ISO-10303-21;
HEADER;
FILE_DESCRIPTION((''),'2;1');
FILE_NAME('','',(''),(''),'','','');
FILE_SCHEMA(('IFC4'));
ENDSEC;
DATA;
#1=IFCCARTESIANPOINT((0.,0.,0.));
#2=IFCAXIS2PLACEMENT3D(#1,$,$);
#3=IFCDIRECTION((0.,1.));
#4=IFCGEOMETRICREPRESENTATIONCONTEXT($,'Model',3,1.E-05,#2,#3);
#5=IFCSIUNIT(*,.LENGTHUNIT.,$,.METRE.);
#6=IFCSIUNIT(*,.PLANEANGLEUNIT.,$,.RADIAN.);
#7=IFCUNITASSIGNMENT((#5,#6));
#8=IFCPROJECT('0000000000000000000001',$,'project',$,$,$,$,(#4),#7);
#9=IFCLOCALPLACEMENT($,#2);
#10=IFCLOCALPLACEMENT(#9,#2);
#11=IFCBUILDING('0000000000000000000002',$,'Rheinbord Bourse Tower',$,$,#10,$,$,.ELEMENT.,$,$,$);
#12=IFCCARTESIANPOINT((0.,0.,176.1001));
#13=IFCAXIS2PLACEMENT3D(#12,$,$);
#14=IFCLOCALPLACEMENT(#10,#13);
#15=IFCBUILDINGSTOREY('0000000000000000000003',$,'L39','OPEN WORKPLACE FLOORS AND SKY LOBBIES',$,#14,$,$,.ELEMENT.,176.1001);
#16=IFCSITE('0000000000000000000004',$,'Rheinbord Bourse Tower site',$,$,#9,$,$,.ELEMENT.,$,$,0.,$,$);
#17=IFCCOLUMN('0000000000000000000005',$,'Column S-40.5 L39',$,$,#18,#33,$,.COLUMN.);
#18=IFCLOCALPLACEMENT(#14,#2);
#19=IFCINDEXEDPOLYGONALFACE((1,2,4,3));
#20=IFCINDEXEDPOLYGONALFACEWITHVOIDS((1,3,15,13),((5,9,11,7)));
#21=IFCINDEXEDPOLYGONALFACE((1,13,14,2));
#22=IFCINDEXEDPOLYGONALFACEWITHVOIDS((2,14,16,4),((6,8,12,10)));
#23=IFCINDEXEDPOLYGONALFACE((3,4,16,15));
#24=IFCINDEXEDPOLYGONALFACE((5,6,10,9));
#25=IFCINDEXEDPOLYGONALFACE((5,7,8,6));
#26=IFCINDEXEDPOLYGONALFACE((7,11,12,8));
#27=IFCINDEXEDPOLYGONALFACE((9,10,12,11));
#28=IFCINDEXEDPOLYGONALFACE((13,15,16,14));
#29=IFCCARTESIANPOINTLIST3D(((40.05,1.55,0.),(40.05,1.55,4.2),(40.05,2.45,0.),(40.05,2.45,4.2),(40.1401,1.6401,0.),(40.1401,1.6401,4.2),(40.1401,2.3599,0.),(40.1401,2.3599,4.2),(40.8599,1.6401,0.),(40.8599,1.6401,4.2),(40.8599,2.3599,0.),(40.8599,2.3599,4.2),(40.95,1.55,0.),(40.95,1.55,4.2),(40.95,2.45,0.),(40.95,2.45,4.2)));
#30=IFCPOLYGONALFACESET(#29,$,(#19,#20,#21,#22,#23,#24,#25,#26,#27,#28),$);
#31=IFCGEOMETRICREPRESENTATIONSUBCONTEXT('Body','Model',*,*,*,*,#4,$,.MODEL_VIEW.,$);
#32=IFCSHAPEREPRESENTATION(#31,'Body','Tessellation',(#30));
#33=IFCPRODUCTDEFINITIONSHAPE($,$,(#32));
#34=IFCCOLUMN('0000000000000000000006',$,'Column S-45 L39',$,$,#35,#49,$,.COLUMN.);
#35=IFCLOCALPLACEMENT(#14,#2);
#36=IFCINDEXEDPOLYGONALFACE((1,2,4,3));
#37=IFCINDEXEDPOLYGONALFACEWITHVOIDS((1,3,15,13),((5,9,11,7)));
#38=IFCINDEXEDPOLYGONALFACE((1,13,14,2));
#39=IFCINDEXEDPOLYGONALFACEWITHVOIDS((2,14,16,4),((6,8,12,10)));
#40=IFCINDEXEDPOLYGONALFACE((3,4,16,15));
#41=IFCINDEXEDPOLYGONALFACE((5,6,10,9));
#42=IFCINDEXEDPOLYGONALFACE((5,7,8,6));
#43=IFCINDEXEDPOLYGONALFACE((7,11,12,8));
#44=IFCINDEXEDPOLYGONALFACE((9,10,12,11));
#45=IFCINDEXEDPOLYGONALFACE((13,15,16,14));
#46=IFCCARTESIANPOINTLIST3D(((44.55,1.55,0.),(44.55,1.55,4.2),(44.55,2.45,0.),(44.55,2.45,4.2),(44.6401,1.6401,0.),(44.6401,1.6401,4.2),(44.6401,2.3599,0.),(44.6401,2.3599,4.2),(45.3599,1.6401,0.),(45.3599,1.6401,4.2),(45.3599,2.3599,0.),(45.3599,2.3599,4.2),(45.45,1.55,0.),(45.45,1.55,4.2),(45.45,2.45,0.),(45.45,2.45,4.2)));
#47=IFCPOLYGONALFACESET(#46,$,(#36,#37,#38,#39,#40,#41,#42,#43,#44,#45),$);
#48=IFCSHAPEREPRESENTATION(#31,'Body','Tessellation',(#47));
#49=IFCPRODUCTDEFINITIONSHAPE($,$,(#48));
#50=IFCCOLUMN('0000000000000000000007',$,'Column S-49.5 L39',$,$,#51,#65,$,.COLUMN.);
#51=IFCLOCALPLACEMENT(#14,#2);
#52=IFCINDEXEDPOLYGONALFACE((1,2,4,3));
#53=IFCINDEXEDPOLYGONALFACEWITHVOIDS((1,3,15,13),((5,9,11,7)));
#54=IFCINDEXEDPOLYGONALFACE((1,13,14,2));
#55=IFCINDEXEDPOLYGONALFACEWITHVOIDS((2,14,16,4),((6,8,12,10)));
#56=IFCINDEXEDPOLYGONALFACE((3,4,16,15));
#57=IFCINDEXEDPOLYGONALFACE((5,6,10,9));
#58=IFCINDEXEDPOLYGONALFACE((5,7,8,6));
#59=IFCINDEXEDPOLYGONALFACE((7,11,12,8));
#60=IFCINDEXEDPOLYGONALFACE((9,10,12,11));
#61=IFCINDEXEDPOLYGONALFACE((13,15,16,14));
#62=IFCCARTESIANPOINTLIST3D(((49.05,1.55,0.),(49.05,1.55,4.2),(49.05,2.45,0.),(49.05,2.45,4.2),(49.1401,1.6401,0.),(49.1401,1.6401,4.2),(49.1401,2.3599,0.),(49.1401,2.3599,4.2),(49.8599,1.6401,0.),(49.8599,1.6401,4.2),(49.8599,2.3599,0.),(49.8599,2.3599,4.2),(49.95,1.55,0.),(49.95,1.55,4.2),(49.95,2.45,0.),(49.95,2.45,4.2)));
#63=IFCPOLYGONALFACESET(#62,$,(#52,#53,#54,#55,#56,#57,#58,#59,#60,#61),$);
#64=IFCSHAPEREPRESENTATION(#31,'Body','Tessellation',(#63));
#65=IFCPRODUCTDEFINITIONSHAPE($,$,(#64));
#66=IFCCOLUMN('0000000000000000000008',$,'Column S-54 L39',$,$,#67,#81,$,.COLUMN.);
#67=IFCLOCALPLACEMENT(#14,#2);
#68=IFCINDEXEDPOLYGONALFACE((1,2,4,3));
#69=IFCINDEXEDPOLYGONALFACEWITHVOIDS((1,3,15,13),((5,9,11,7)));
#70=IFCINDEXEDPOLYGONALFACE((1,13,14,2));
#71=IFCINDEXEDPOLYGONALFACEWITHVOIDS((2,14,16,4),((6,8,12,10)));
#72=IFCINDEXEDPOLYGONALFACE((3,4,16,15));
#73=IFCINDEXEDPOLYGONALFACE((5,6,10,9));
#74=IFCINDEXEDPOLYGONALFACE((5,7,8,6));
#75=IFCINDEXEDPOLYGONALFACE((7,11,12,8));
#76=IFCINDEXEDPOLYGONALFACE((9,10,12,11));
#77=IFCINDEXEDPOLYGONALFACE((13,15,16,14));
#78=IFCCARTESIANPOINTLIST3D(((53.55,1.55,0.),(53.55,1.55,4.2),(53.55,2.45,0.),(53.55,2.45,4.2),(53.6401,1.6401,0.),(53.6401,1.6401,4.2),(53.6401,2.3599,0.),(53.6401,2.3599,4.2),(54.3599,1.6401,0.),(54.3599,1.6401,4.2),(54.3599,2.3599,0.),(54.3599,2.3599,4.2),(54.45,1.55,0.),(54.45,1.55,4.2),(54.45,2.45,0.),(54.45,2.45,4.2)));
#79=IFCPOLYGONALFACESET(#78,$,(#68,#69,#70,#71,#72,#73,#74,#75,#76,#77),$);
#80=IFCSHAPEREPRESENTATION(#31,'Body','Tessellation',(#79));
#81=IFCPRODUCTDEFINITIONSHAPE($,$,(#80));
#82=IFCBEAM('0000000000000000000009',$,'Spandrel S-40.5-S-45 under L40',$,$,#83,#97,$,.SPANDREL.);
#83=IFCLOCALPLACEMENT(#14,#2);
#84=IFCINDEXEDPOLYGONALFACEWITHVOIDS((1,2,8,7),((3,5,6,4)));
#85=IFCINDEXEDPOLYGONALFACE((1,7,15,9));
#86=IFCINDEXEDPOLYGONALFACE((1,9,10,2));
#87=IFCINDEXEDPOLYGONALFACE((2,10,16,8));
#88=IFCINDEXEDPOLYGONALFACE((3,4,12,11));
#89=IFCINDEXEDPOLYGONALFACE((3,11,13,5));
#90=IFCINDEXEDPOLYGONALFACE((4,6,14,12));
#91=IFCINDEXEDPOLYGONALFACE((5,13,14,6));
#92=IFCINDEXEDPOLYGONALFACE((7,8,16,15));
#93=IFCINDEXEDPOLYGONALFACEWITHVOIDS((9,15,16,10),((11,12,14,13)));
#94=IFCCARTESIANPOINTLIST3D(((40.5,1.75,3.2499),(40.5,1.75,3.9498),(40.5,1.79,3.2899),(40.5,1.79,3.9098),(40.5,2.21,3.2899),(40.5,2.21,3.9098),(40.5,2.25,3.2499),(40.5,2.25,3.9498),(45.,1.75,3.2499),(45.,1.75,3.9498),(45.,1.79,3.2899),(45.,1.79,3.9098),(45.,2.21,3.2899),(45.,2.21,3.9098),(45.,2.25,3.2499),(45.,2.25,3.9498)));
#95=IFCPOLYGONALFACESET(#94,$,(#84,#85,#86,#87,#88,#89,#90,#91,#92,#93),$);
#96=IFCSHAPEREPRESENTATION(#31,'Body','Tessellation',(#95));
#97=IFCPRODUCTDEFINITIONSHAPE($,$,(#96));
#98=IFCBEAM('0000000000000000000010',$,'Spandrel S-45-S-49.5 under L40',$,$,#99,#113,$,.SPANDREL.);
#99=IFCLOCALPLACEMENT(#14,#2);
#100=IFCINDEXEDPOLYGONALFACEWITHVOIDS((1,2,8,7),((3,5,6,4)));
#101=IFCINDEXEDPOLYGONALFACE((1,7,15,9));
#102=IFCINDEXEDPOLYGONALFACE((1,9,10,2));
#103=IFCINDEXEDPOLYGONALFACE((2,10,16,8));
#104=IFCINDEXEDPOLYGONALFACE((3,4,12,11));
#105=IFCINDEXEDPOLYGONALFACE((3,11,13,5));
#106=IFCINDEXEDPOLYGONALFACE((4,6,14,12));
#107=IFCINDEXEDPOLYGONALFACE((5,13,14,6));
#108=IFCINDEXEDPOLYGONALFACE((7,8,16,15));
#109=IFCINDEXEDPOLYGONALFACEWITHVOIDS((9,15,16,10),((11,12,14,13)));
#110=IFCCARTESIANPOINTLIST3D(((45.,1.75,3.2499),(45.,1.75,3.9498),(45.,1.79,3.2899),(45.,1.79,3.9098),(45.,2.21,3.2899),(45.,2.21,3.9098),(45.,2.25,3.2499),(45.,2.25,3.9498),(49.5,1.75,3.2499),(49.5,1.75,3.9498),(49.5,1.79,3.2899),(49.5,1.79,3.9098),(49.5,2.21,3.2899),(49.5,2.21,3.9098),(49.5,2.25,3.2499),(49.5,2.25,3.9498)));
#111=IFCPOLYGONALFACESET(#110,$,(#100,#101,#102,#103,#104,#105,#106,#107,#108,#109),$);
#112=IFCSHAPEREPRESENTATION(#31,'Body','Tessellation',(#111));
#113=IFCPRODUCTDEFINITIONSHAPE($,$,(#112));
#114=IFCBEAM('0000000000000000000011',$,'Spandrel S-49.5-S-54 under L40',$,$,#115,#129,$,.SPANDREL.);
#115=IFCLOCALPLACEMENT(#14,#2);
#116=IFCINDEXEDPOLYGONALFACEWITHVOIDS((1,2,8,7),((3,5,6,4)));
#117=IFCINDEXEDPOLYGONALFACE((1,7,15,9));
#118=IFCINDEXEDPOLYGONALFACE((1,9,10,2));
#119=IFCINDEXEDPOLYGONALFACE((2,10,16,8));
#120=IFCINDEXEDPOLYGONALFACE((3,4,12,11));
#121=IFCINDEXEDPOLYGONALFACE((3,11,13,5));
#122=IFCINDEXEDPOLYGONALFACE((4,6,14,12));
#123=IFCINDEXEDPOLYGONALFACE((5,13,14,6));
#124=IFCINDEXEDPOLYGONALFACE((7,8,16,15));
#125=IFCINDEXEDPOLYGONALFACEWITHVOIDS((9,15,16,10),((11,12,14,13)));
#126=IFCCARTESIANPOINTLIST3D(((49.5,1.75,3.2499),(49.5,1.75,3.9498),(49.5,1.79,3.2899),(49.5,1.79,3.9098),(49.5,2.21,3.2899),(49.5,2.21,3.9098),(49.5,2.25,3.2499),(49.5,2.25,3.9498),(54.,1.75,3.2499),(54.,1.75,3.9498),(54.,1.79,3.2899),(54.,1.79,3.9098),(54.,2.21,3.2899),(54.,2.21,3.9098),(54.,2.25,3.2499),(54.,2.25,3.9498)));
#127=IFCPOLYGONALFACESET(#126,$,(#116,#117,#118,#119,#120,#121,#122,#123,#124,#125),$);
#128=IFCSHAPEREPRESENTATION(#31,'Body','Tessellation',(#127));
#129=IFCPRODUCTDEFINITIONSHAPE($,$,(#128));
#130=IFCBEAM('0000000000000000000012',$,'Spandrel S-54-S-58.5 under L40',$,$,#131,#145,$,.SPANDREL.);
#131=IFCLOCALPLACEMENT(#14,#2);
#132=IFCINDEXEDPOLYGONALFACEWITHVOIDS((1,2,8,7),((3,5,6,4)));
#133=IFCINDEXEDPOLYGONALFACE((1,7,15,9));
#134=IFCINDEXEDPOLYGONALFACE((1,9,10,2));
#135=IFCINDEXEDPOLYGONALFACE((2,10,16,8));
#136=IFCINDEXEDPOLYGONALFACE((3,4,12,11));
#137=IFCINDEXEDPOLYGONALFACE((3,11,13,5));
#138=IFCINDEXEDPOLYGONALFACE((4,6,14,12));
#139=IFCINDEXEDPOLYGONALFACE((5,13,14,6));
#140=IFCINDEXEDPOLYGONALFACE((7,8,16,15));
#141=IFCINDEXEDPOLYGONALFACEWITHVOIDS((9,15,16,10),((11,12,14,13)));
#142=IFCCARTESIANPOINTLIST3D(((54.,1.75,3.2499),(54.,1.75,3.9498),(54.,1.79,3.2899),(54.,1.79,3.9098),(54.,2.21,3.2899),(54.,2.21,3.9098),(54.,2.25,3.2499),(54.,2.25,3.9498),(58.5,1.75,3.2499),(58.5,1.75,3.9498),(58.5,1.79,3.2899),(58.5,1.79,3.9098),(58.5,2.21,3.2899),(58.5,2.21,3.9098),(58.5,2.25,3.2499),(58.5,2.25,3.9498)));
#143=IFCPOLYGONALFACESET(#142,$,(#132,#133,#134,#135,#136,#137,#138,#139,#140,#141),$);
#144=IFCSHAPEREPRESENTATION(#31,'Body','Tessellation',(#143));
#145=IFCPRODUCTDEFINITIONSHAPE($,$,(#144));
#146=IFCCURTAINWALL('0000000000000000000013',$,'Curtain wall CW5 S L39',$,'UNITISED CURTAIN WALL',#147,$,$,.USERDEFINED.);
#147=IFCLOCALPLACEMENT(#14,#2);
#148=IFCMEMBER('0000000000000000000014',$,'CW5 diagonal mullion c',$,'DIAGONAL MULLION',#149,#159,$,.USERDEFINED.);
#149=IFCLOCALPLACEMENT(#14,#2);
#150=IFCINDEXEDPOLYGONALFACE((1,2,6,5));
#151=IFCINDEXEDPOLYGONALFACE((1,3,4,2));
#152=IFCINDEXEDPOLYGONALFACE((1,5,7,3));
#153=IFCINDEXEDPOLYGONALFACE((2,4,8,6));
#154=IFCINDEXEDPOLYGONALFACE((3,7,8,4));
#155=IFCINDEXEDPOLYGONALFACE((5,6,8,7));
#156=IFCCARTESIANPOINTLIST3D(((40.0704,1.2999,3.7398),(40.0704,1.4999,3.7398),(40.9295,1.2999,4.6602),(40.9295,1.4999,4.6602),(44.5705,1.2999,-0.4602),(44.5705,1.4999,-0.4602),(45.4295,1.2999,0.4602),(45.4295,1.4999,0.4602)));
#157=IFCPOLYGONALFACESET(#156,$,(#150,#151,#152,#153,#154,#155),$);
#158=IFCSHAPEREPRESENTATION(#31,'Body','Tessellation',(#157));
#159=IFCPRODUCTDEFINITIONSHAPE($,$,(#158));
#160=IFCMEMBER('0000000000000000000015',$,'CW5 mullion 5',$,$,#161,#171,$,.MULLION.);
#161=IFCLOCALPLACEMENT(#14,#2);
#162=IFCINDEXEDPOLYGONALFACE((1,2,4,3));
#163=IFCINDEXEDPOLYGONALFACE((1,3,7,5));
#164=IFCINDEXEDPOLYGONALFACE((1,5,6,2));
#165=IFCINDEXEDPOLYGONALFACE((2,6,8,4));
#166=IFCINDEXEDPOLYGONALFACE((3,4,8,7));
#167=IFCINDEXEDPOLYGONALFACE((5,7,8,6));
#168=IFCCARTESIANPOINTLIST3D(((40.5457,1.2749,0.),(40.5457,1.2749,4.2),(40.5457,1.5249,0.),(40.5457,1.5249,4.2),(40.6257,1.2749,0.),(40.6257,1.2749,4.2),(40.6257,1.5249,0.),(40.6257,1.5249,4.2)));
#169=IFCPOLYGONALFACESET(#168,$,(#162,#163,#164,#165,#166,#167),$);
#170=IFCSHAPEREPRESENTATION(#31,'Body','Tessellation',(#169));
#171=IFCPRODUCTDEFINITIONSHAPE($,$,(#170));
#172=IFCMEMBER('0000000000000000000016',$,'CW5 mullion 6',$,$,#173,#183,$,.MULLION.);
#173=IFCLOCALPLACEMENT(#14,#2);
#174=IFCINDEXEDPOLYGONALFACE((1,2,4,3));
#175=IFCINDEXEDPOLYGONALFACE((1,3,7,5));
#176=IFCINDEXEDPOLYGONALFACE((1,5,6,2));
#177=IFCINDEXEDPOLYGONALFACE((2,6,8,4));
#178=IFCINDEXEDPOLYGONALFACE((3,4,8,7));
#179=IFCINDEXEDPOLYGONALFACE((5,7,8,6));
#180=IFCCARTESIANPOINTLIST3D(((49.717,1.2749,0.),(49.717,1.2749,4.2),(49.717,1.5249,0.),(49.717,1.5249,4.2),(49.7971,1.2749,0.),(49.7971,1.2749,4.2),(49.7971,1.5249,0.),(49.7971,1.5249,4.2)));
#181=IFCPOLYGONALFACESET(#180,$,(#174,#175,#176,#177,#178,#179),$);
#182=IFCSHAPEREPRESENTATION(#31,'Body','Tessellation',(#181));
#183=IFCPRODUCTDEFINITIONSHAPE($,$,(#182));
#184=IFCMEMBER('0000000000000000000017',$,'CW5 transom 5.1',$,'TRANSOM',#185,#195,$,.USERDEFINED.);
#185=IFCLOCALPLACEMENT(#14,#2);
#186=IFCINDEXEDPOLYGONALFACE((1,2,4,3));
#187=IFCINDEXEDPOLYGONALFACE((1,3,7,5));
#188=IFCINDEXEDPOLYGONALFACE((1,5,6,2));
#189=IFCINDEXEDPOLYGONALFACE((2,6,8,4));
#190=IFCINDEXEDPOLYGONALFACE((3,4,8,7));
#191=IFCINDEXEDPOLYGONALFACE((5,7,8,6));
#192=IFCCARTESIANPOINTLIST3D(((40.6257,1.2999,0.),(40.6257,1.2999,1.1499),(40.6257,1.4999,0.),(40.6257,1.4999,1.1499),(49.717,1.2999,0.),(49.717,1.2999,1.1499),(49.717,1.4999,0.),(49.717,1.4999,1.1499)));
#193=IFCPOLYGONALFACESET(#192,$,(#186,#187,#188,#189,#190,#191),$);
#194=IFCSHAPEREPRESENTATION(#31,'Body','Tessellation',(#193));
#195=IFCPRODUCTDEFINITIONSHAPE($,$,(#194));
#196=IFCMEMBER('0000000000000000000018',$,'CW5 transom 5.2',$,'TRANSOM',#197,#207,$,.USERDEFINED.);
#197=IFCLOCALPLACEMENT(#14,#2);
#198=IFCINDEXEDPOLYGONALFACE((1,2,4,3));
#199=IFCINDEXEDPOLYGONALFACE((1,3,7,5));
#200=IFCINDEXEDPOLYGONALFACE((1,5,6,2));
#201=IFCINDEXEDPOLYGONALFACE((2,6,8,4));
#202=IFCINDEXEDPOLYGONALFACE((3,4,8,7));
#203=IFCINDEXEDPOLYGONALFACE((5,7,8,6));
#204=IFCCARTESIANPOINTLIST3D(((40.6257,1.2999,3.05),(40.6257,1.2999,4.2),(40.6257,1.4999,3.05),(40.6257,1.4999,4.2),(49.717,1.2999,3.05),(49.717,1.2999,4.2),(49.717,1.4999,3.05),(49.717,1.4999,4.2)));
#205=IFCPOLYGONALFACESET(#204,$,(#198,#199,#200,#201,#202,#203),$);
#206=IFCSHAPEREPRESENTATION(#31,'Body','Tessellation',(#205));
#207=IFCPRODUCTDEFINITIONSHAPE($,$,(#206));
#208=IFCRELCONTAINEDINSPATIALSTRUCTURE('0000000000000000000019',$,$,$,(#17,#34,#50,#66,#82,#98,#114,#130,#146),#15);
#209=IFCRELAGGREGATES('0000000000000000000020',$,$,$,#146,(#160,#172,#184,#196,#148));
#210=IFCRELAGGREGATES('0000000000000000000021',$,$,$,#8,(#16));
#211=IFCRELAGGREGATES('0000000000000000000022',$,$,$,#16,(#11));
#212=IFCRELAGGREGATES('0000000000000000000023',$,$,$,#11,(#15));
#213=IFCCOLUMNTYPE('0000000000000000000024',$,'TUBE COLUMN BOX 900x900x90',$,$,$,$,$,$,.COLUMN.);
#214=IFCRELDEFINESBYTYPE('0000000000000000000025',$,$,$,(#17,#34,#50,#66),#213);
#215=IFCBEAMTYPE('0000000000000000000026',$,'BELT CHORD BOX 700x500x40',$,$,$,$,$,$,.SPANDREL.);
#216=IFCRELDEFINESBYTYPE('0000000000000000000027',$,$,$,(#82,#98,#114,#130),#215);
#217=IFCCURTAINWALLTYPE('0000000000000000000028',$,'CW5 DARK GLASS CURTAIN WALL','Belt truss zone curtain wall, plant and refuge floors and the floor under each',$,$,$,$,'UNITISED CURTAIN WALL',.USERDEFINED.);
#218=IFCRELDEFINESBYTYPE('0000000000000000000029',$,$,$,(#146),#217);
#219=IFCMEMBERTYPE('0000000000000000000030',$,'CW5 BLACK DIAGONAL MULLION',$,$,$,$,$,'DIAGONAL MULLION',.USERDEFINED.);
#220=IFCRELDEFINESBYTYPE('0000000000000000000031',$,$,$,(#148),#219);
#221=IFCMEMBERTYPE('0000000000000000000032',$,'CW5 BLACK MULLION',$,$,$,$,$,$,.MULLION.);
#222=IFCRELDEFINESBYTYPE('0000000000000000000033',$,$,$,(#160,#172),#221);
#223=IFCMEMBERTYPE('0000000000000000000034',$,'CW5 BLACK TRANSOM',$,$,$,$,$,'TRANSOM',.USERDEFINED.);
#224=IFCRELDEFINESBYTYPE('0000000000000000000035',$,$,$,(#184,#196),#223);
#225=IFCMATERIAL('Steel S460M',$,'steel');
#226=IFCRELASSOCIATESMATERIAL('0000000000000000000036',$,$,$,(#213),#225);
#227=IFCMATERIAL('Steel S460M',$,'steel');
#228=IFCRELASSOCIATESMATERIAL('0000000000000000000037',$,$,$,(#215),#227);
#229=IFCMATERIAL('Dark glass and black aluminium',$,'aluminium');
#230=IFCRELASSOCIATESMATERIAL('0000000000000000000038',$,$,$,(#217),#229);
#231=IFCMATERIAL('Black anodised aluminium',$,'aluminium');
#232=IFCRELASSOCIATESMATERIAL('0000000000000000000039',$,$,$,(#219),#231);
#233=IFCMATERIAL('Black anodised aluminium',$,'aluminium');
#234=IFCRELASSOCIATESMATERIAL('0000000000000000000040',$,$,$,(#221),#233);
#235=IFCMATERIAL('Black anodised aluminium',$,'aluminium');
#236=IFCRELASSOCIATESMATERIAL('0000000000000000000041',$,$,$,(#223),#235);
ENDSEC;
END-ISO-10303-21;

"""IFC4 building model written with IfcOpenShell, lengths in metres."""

from ifc_helpers import new_model, si_unit, direction, frame, origin, origin_2d, place, context, subcontext, project, spatial, rectangle, hollow_rectangle, extrude, material, material_profile, profile_set, type_object, element, aggregate, save


model = new_model("IFC4")

# Units and contexts
model_context = context("Model", 3, precision=1e-05, world=origin(), true_north=direction((0.0, 1.0)))
body_context = subcontext(model_context, "Body", "Model", "MODEL_VIEW")
ifc_project = project(units=[si_unit("LENGTHUNIT", "METRE"), si_unit("PLANEANGLEUNIT", "RADIAN")], contexts=[model_context])

# Site, building, storey
site_placement = place(None, origin())
site = spatial("IfcSite", under=ifc_project, at=site_placement, Name="Rheinbord Bourse Tower site", CompositionType="ELEMENT", RefElevation=0.0)
building_placement = place(site_placement, origin())
building = spatial("IfcBuilding", under=site, at=building_placement, Name="Rheinbord Bourse Tower", CompositionType="ELEMENT")
storey_placement = place(building_placement, frame((0.0, 0.0, 176.1001)))
storey = spatial("IfcBuildingStorey", under=building, at=storey_placement, Name="L39", Description="OPEN WORKPLACE FLOORS AND SKY LOBBIES", CompositionType="ELEMENT", Elevation=176.1001)

# Columns
ifc_material_1 = material(Name="Steel S460M", Category="steel")
ifc_material_profile_1 = material_profile(ifc_material_1, hollow_rectangle(XDim=0.8999, YDim=0.8999, WallThickness=0.0901, at=origin_2d()), Name="BOX 900x900x90")
ifc_profile_set_1 = profile_set([ifc_material_profile_1], Name="Steel S460M")
column_type = type_object("IfcColumnType", Name="TUBE COLUMN BOX 900x900x90", PredefinedType="COLUMN", material=ifc_profile_set_1)
for number, where, z_axis, x_axis, name in (
    (1, (40.5, 2.0, 0.0), (0.0, 0.0, 1.0), (0.0, 1.0, 0.0), "Column S-40.5 L39"),
    (2, (45.0, 2.0, 0.0), (0.0, 0.0, 1.0), (0.0, 1.0, 0.0), "Column S-45 L39"),
    (3, (49.5, 2.0, 0.0), (0.0, 0.0, 1.0), (0.0, 1.0, 0.0), "Column S-49.5 L39"),
    (4, (54.0, 2.0, 0.0), (0.0, 0.0, 1.0), (0.0, 1.0, 0.0), "Column S-54 L39"),
):
    element("IfcColumn", number, at=place(storey_placement, frame(where, z_axis=z_axis, x_axis=x_axis)), inside=storey, type_object=column_type, Name=name, PredefinedType="COLUMN", context=body_context, shape_type="SweptSolid", body=[
        extrude(hollow_rectangle(XDim=0.8999, YDim=0.8999, WallThickness=0.0901, at=origin_2d()), origin(), (0.0, 0.0, 1.0), 4.2),
    ])

# Beams
ifc_material_2 = material(Name="Steel S460M", Category="steel")
ifc_material_profile_2 = material_profile(ifc_material_2, hollow_rectangle(XDim=0.5, YDim=0.7, WallThickness=0.04, at=origin_2d()), Name="BOX 700x500x40")
ifc_profile_set_2 = profile_set([ifc_material_profile_2], Name="Steel S460M")
beam_type_1 = type_object("IfcBeamType", Name="BELT CHORD BOX 700x500x40", PredefinedType="SPANDREL", material=ifc_profile_set_2)
for number, where, z_axis, x_axis, name in (
    (5, (40.5, 2.0, 3.5999), (1.0, 0.0, 0.0), (0.0, 1.0, 0.0), "Spandrel S-40.5-S-45 under L40"),
    (6, (45.0, 2.0, 3.5999), (1.0, 0.0, 0.0), (0.0, 1.0, 0.0), "Spandrel S-45-S-49.5 under L40"),
    (7, (49.5, 2.0, 3.5999), (1.0, 0.0, 0.0), (0.0, 1.0, 0.0), "Spandrel S-49.5-S-54 under L40"),
    (8, (54.0, 2.0, 3.5999), (1.0, 0.0, 0.0), (0.0, 1.0, 0.0), "Spandrel S-54-S-58.5 under L40"),
):
    element("IfcBeam", number, at=place(storey_placement, frame(where, z_axis=z_axis, x_axis=x_axis)), inside=storey, type_object=beam_type_1, Name=name, PredefinedType="SPANDREL", context=body_context, shape_type="SweptSolid", body=[
        extrude(hollow_rectangle(XDim=0.5, YDim=0.7, WallThickness=0.04, at=origin_2d()), origin(), (0.0, 0.0, 1.0), 4.5),
    ])

# Curtain wall, members
ifc_material_3 = material(Name="Dark glass and black aluminium", Category="aluminium")
curtain_wall_type = type_object("IfcCurtainWallType", Name="CW5 DARK GLASS CURTAIN WALL", Description="Belt truss zone curtain wall, plant and refuge floors and the floor under each", ElementType="UNITISED CURTAIN WALL", PredefinedType="USERDEFINED", material=ifc_material_3)
curtain_wall_placement = place(storey_placement, origin())
curtain_wall = element("IfcCurtainWall", 9, at=curtain_wall_placement, inside=storey, type_object=curtain_wall_type, Name="Curtain wall CW5 S L39", ObjectType="UNITISED CURTAIN WALL", PredefinedType="USERDEFINED")
ifc_material_4 = material(Name="Black anodised aluminium", Category="aluminium")
ifc_material_profile_3 = material_profile(ifc_material_4, rectangle(XDim=0.2, YDim=1.259, at=origin_2d()), Name="CW5 DIAGONAL MULLION 1259x200")
ifc_profile_set_3 = profile_set([ifc_material_profile_3], Name="Black anodised aluminium")
member_type_1 = type_object("IfcMemberType", Name="CW5 BLACK DIAGONAL MULLION", ElementType="DIAGONAL MULLION", PredefinedType="USERDEFINED", material=ifc_profile_set_3)
member_1_placement = place(storey_placement, frame((45.0, 1.3999, 0.0), z_axis=(-0.731059, 0.0, 0.682314), x_axis=(0.0, -1.0, 0.0)))
member_1 = element("IfcMember", 10, at=member_1_placement, type_object=member_type_1, Name="CW5 diagonal mullion c", ObjectType="DIAGONAL MULLION", PredefinedType="USERDEFINED", context=body_context, shape_type="SweptSolid", body=[
    extrude(rectangle(XDim=0.2, YDim=1.259, at=origin_2d()), origin(), (0.0, 0.0, 1.0), 6.1555),
])
ifc_material_5 = material(Name="Black anodised aluminium", Category="aluminium")
ifc_material_profile_4 = material_profile(ifc_material_5, rectangle(XDim=0.25, YDim=0.0801, at=origin_2d()), Name="CW5 MULLION 80x250")
ifc_profile_set_4 = profile_set([ifc_material_profile_4], Name="Black anodised aluminium")
member_type_2 = type_object("IfcMemberType", Name="CW5 BLACK MULLION", PredefinedType="MULLION", material=ifc_profile_set_4)
member_2_placement = place(storey_placement, frame((40.5857, 1.3999, 0.0), z_axis=(0.0, 0.0, 1.0), x_axis=(0.0, 1.0, 0.0)))
member_2 = element("IfcMember", 11, at=member_2_placement, type_object=member_type_2, Name="CW5 mullion 5", PredefinedType="MULLION", context=body_context, shape_type="SweptSolid", body=[
    extrude(rectangle(XDim=0.25, YDim=0.0801, at=origin_2d()), origin(), (0.0, 0.0, 1.0), 4.2),
])
member_3_placement = place(storey_placement, frame((49.7571, 1.3999, 0.0), z_axis=(0.0, 0.0, 1.0), x_axis=(0.0, 1.0, 0.0)))
member_3 = element("IfcMember", 12, at=member_3_placement, type_object=member_type_2, Name="CW5 mullion 6", PredefinedType="MULLION", context=body_context, shape_type="SweptSolid", body=[
    extrude(rectangle(XDim=0.25, YDim=0.0801, at=origin_2d()), origin(), (0.0, 0.0, 1.0), 4.2),
])
ifc_material_6 = material(Name="Black anodised aluminium", Category="aluminium")
ifc_material_profile_5 = material_profile(ifc_material_6, rectangle(XDim=0.2, YDim=1.1499, at=origin_2d()), Name="CW5 TRANSOM 1150x200")
ifc_profile_set_5 = profile_set([ifc_material_profile_5], Name="Black anodised aluminium")
member_type_3 = type_object("IfcMemberType", Name="CW5 BLACK TRANSOM", ElementType="TRANSOM", PredefinedType="USERDEFINED", material=ifc_profile_set_5)
member_4_placement = place(storey_placement, frame((40.6257, 1.3999, 0.575), z_axis=(1.0, 0.0, 0.0), x_axis=(0.0, 1.0, 0.0)))
member_4 = element("IfcMember", 13, at=member_4_placement, type_object=member_type_3, Name="CW5 transom 5.1", ObjectType="TRANSOM", PredefinedType="USERDEFINED", context=body_context, shape_type="SweptSolid", body=[
    extrude(rectangle(XDim=0.2, YDim=1.1499, at=origin_2d()), origin(), (0.0, 0.0, 1.0), 9.0913),
])
member_5_placement = place(storey_placement, frame((40.6257, 1.3999, 3.625), z_axis=(1.0, 0.0, 0.0), x_axis=(0.0, 1.0, 0.0)))
member_5 = element("IfcMember", 14, at=member_5_placement, type_object=member_type_3, Name="CW5 transom 5.2", ObjectType="TRANSOM", PredefinedType="USERDEFINED", context=body_context, shape_type="SweptSolid", body=[
    extrude(rectangle(XDim=0.2, YDim=1.1499, at=origin_2d()), origin(), (0.0, 0.0, 1.0), 9.0913),
])

aggregate(curtain_wall, [member_2, member_3, member_4, member_5, member_1])

save(model, "model.ifc")
